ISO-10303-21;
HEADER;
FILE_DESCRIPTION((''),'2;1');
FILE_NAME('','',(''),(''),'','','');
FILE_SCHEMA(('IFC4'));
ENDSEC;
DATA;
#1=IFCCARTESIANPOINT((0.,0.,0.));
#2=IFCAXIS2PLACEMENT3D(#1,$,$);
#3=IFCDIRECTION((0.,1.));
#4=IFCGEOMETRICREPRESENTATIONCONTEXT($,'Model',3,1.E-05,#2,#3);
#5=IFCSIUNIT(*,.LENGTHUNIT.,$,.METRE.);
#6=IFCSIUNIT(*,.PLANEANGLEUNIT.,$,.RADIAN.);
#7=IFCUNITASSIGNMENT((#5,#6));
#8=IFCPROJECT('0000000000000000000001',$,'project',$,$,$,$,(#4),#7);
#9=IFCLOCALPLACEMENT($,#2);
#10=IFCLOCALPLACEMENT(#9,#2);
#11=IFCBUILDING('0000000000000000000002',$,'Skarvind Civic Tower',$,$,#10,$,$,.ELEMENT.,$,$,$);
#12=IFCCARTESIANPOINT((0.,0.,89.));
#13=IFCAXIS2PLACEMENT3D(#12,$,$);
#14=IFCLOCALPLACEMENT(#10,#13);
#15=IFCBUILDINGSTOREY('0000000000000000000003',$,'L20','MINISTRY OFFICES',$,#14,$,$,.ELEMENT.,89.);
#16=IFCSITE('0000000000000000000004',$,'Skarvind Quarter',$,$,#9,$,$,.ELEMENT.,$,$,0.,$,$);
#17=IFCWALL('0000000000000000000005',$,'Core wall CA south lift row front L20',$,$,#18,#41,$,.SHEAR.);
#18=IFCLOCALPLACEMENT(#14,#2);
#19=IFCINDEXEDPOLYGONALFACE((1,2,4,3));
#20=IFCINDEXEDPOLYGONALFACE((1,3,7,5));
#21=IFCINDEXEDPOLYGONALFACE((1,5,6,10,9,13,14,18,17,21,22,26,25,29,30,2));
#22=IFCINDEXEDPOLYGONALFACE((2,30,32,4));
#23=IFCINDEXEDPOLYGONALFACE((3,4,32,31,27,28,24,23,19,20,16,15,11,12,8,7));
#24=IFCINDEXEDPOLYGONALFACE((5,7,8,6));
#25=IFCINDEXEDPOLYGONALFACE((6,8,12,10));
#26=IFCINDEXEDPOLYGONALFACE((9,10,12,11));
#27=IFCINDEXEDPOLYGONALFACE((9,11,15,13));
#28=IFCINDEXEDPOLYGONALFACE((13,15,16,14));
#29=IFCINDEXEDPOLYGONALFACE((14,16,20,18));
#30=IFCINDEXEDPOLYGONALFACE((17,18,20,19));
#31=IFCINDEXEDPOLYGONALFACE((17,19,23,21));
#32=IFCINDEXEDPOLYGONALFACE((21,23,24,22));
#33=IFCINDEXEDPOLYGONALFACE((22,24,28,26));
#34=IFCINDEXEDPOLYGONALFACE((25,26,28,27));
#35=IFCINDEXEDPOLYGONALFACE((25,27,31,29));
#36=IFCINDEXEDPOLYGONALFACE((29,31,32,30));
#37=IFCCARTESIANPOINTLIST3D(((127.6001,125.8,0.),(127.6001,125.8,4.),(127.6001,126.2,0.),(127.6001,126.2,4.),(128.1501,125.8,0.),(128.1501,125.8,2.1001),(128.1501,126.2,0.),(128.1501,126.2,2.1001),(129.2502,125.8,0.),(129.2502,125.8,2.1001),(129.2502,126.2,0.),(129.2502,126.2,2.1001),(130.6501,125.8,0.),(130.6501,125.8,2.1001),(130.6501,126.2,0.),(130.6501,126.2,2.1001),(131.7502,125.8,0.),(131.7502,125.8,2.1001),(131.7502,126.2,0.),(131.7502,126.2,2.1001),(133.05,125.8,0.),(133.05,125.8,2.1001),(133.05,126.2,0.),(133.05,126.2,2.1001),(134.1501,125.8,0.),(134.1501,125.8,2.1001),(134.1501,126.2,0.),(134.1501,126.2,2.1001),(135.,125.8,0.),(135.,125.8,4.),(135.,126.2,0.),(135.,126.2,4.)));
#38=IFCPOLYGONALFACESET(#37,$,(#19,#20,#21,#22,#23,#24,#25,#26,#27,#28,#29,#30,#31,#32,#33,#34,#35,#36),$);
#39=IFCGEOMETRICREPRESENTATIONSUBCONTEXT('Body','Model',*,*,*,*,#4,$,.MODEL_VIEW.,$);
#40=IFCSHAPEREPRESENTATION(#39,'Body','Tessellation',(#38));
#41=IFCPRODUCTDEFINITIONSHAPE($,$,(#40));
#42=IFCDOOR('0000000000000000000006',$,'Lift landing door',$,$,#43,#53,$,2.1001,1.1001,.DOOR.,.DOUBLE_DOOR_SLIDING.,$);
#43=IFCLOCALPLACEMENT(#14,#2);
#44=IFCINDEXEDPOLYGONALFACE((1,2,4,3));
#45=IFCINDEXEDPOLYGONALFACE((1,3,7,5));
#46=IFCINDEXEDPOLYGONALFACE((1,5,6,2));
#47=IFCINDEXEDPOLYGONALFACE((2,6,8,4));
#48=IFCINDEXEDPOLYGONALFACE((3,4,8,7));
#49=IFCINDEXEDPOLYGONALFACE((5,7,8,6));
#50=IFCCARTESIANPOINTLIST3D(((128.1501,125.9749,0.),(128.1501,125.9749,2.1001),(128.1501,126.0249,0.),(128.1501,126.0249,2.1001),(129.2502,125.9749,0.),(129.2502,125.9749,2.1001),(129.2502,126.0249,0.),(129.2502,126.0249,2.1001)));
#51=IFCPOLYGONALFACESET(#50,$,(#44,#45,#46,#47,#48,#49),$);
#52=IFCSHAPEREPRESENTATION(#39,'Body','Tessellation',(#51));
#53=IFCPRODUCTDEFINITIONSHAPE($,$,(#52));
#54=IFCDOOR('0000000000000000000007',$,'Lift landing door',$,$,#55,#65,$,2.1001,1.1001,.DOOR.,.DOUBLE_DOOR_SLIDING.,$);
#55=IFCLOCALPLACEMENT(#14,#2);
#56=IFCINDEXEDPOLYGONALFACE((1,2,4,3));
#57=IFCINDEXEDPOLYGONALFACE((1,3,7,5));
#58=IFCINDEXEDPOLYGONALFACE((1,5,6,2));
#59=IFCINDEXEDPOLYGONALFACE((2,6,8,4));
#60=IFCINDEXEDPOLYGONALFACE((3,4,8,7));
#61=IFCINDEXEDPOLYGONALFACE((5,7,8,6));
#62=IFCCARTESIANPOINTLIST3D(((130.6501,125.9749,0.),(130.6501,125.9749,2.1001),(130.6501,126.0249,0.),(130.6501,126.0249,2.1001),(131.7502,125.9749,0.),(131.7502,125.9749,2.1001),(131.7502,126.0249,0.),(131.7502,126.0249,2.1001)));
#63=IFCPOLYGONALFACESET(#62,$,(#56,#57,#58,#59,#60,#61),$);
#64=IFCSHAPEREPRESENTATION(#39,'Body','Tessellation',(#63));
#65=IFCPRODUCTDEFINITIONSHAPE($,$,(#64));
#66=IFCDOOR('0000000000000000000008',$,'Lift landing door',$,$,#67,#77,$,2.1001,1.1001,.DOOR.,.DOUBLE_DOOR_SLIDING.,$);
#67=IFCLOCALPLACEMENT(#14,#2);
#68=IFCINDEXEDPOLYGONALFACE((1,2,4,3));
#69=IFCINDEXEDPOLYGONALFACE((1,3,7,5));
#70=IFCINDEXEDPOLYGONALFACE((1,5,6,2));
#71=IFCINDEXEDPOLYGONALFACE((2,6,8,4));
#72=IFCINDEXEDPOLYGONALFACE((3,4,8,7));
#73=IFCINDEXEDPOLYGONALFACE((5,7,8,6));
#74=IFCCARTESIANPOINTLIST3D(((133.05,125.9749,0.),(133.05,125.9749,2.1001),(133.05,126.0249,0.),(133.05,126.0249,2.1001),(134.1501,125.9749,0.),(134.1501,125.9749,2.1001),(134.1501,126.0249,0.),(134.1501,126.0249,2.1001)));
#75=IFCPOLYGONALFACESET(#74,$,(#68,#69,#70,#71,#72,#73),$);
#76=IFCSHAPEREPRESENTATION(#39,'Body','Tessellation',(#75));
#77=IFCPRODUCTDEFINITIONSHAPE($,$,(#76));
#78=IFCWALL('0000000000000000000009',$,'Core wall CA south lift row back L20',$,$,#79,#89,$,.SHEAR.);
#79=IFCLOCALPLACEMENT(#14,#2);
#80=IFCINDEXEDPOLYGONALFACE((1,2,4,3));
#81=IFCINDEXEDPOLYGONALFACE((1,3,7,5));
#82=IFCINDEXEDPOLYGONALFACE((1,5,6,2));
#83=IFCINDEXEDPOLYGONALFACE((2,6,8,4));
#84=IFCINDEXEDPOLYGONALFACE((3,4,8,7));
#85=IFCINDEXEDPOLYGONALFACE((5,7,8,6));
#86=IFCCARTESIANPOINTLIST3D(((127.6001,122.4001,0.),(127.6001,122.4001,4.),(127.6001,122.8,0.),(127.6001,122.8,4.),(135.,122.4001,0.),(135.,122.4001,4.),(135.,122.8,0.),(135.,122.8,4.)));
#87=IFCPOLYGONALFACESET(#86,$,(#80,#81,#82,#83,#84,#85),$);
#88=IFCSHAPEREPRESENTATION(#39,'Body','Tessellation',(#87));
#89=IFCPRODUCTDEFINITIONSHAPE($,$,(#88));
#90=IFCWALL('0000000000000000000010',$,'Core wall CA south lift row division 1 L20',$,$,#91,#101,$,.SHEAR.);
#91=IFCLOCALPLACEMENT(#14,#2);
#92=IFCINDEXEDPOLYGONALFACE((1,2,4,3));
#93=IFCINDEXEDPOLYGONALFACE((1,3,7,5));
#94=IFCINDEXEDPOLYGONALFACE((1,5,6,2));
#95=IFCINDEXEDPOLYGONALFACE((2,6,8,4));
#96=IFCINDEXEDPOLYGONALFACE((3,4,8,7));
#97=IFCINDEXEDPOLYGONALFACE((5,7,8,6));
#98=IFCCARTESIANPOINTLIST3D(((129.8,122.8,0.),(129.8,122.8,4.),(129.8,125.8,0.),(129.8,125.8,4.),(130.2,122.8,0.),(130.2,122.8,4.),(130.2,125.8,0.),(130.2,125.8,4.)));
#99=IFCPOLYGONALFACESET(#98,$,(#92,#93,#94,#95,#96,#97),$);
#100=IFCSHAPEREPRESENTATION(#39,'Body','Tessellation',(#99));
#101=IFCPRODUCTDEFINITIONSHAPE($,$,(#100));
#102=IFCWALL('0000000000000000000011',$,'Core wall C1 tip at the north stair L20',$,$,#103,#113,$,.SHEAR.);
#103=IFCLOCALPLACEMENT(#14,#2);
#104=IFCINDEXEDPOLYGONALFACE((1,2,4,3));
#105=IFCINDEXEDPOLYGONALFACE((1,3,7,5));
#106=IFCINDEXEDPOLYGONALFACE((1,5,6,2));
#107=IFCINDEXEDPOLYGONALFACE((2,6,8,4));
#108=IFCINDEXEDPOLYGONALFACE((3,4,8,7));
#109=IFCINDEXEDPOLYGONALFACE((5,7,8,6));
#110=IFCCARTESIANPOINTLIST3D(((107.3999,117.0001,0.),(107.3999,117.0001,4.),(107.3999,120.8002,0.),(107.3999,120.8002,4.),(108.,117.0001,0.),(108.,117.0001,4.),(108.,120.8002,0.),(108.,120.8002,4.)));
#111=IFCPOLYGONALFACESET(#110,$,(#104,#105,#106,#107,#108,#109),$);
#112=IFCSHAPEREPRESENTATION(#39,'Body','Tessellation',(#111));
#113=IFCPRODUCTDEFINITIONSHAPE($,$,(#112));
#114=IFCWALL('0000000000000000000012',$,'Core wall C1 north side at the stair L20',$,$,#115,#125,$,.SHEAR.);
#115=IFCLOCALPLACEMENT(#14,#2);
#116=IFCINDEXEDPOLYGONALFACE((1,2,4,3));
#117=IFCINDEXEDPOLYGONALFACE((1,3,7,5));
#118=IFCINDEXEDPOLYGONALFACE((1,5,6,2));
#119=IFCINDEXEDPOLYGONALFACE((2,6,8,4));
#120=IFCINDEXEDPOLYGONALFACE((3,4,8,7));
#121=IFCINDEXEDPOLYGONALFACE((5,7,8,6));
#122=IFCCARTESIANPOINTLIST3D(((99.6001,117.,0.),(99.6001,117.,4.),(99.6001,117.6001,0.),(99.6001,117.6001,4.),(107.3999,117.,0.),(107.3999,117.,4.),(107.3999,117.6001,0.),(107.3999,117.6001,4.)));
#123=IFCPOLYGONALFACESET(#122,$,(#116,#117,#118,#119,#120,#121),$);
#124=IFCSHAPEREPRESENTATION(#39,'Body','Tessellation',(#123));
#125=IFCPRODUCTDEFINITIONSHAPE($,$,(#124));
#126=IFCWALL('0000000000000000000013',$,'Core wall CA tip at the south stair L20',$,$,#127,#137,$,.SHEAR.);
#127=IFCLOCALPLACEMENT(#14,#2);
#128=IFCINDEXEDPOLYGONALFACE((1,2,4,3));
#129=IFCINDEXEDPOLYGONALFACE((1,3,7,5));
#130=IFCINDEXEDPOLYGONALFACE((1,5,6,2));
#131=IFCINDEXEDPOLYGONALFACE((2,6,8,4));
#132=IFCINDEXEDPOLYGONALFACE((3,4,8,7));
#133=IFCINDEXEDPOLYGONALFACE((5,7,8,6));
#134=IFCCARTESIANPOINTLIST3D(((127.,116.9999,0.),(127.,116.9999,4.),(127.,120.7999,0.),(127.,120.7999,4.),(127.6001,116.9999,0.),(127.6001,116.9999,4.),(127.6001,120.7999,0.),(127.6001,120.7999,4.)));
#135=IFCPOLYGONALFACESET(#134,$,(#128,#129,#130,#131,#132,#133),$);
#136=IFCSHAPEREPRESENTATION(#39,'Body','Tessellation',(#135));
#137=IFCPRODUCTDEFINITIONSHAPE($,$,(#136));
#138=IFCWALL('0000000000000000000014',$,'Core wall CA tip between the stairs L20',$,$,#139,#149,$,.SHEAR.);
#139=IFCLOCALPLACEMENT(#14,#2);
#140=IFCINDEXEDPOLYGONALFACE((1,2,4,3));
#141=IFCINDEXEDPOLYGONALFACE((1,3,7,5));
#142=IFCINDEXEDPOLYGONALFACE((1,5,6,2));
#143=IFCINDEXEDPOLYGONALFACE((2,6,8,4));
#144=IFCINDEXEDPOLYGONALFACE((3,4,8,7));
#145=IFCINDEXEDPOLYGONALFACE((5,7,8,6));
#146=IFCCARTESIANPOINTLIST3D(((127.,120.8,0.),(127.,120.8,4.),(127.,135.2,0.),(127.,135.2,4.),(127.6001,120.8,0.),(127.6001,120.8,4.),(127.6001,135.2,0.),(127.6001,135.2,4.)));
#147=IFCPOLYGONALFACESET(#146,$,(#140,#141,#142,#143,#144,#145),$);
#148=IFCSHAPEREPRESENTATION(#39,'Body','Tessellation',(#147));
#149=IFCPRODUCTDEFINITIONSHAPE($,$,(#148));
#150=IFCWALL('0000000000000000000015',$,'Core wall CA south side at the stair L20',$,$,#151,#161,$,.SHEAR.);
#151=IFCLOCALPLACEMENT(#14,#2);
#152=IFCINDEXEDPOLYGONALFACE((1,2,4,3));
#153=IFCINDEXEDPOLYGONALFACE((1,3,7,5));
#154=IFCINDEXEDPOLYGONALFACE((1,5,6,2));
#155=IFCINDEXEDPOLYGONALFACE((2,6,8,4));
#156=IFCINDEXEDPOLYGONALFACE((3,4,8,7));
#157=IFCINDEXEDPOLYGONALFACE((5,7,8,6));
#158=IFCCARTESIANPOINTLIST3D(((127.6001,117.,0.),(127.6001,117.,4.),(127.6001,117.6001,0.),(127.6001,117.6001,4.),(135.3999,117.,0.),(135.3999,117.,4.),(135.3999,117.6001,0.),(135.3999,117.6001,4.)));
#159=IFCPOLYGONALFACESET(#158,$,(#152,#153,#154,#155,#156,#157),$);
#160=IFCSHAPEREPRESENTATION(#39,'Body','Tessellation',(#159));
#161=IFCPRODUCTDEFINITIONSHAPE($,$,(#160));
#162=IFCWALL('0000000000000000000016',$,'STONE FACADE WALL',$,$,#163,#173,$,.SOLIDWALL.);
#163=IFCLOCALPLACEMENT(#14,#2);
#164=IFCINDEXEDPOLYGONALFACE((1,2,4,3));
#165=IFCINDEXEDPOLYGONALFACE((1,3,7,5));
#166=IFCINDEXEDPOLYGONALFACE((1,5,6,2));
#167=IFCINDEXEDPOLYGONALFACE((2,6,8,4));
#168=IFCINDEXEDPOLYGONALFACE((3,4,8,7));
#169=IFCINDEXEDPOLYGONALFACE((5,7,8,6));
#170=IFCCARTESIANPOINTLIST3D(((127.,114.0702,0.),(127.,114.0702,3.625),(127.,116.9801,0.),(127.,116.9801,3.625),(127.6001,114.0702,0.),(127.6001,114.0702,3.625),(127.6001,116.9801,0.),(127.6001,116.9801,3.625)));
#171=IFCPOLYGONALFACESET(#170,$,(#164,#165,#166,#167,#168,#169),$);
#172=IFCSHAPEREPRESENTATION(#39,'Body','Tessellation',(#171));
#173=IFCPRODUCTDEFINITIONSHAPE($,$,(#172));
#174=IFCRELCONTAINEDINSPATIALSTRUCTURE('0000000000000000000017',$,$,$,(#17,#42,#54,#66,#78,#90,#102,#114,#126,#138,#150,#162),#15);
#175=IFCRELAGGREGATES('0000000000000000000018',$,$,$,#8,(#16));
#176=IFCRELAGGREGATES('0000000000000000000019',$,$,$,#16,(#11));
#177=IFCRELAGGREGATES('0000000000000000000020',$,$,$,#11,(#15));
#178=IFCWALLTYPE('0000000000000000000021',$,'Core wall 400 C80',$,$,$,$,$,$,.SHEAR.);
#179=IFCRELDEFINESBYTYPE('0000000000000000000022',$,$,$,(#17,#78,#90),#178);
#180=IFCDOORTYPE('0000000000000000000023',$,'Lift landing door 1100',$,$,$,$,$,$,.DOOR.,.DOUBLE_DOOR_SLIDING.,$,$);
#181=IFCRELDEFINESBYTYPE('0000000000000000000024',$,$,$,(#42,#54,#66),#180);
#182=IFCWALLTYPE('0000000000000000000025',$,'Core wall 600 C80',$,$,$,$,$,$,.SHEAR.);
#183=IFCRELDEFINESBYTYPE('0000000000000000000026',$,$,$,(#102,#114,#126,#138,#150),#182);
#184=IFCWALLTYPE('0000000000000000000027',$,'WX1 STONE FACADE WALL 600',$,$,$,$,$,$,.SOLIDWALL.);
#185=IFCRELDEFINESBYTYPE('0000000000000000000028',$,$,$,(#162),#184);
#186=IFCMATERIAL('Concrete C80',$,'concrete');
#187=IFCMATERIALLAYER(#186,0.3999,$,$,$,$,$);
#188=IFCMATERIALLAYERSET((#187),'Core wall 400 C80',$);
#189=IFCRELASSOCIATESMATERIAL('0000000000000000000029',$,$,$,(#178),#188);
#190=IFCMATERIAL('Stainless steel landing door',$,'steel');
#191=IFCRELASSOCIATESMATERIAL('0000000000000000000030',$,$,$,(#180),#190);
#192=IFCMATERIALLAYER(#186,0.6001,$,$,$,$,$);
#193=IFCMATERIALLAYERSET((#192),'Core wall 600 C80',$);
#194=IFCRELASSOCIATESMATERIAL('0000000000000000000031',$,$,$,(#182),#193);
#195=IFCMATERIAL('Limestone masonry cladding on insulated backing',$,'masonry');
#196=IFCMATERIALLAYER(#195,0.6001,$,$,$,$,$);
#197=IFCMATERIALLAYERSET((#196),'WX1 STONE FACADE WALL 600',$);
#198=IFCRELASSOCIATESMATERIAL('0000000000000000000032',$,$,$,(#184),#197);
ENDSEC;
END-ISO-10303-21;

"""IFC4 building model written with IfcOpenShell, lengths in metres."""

from ifc_helpers import new_model, si_unit, direction, frame, frame_2d, origin, place, context, subcontext, project, spatial, rectangle, extrude, material, layer, layer_set, type_object, element, fill, save


model = new_model("IFC4")

# Units and contexts
model_context = context("Model", 3, precision=1e-05, world=origin(), true_north=direction((0.0, 1.0)))
body_context = subcontext(model_context, "Body", "Model", "MODEL_VIEW")
ifc_project = project(units=[si_unit("LENGTHUNIT", "METRE"), si_unit("PLANEANGLEUNIT", "RADIAN")], contexts=[model_context])

# Site, building, storey
site_placement = place(None, origin())
site = spatial("IfcSite", under=ifc_project, at=site_placement, Name="Skarvind Quarter", CompositionType="ELEMENT", RefElevation=0.0)
building_placement = place(site_placement, origin())
building = spatial("IfcBuilding", under=site, at=building_placement, Name="Skarvind Civic Tower", CompositionType="ELEMENT")
storey_placement = place(building_placement, frame((0.0, 0.0, 89.0)))
storey = spatial("IfcBuildingStorey", under=building, at=storey_placement, Name="L20", Description="MINISTRY OFFICES", CompositionType="ELEMENT", Elevation=89.0)

# Shared definitions
ifc_material_1 = material(Name="Concrete C80", Category="concrete")
ifc_layer_1 = layer(ifc_material_1, 0.3999)
ifc_layer_set_1 = layer_set([ifc_layer_1], Name="Core wall 400 C80")
wall_type_1 = type_object("IfcWallType", Name="Core wall 400 C80", PredefinedType="SHEAR", material=ifc_layer_set_1)

# Shared definitions
ifc_material_2 = material(Name="Stainless steel landing door", Category="steel")
door_type_1 = type_object("IfcDoorType", Name="Lift landing door 1100", OperationType="DOUBLE_DOOR_SLIDING", PredefinedType="DOOR", material=ifc_material_2)

# Wall, openings, doors
wall_1_placement = place(storey_placement, frame((127.6001, 126.0, 0.0), z_axis=(0.0, 0.0, 1.0), x_axis=(1.0, 0.0, 0.0)))
wall_1 = element("IfcWall", 1, at=wall_1_placement, inside=storey, type_object=wall_type_1, Name="Core wall CA south lift row front L20", PredefinedType="SHEAR", context=body_context, shape_type="SweptSolid", body=[
    extrude(rectangle(XDim=7.3999, YDim=0.3999, at=frame_2d((3.7, 0.0))), origin(), (0.0, 0.0, 1.0), 4.0),
])
opening_1_placement = place(wall_1_placement, frame((0.55, 0.0, 0.0)))
opening_1 = element("IfcOpeningElement", 2, at=opening_1_placement, cuts=wall_1, PredefinedType="OPENING", context=body_context, shape_type="SweptSolid", body=[
    extrude(rectangle(XDim=1.1001, YDim=2.1001, at=frame_2d((0.55, 1.05))), frame((0.0, 0.21, 0.0), z_axis=(0.0, -1.0, 0.0), x_axis=(1.0, 0.0, 0.0)), (0.0, 0.0, 1.0), 0.4199),
])
opening_2_placement = place(wall_1_placement, frame((3.05, 0.0, 0.0)))
opening_2 = element("IfcOpeningElement", 3, at=opening_2_placement, cuts=wall_1, PredefinedType="OPENING", context=body_context, shape_type="SweptSolid", body=[
    extrude(rectangle(XDim=1.1001, YDim=2.1001, at=frame_2d((0.55, 1.05))), frame((0.0, 0.21, 0.0), z_axis=(0.0, -1.0, 0.0), x_axis=(1.0, 0.0, 0.0)), (0.0, 0.0, 1.0), 0.4199),
])
opening_3_placement = place(wall_1_placement, frame((5.45, 0.0, 0.0)))
opening_3 = element("IfcOpeningElement", 4, at=opening_3_placement, cuts=wall_1, PredefinedType="OPENING", context=body_context, shape_type="SweptSolid", body=[
    extrude(rectangle(XDim=1.1001, YDim=2.1001, at=frame_2d((0.55, 1.05))), frame((0.0, 0.21, 0.0), z_axis=(0.0, -1.0, 0.0), x_axis=(1.0, 0.0, 0.0)), (0.0, 0.0, 1.0), 0.4199),
])
door_1_placement = place(opening_1_placement, origin())
door_1 = element("IfcDoor", 5, at=door_1_placement, inside=storey, type_object=door_type_1, Name="Lift landing door", OperationType="DOUBLE_DOOR_SLIDING", OverallHeight=2.1001, OverallWidth=1.1001, PredefinedType="DOOR", context=body_context, shape_type="SweptSolid", body=[
    extrude(rectangle(XDim=1.1001, YDim=2.1001, at=frame_2d((0.55, 1.05))), frame((0.0, 0.0249, 0.0), z_axis=(0.0, -1.0, 0.0), x_axis=(1.0, 0.0, 0.0)), (0.0, 0.0, 1.0), 0.05),
])
fill(opening_1, door_1)
door_2_placement = place(opening_2_placement, origin())
door_2 = element("IfcDoor", 6, at=door_2_placement, inside=storey, type_object=door_type_1, Name="Lift landing door", OperationType="DOUBLE_DOOR_SLIDING", OverallHeight=2.1001, OverallWidth=1.1001, PredefinedType="DOOR", context=body_context, shape_type="SweptSolid", body=[
    extrude(rectangle(XDim=1.1001, YDim=2.1001, at=frame_2d((0.55, 1.05))), frame((0.0, 0.0249, 0.0), z_axis=(0.0, -1.0, 0.0), x_axis=(1.0, 0.0, 0.0)), (0.0, 0.0, 1.0), 0.05),
])
fill(opening_2, door_2)
door_3_placement = place(opening_3_placement, origin())
door_3 = element("IfcDoor", 7, at=door_3_placement, inside=storey, type_object=door_type_1, Name="Lift landing door", OperationType="DOUBLE_DOOR_SLIDING", OverallHeight=2.1001, OverallWidth=1.1001, PredefinedType="DOOR", context=body_context, shape_type="SweptSolid", body=[
    extrude(rectangle(XDim=1.1001, YDim=2.1001, at=frame_2d((0.55, 1.05))), frame((0.0, 0.0249, 0.0), z_axis=(0.0, -1.0, 0.0), x_axis=(1.0, 0.0, 0.0)), (0.0, 0.0, 1.0), 0.05),
])
fill(opening_3, door_3)

# Walls
wall_2_placement = place(storey_placement, frame((127.6001, 122.6001, 0.0), z_axis=(0.0, 0.0, 1.0), x_axis=(1.0, 0.0, 0.0)))
element("IfcWall", 8, at=wall_2_placement, inside=storey, type_object=wall_type_1, Name="Core wall CA south lift row back L20", PredefinedType="SHEAR", context=body_context, shape_type="SweptSolid", body=[
    extrude(rectangle(XDim=7.3999, YDim=0.3999, at=frame_2d((3.7, 0.0))), origin(), (0.0, 0.0, 1.0), 4.0),
])
wall_3_placement = place(storey_placement, frame((130.0, 122.8, 0.0), z_axis=(0.0, 0.0, 1.0), x_axis=(0.0, 1.0, 0.0)))
element("IfcWall", 9, at=wall_3_placement, inside=storey, type_object=wall_type_1, Name="Core wall CA south lift row division 1 L20", PredefinedType="SHEAR", context=body_context, shape_type="SweptSolid", body=[
    extrude(rectangle(XDim=3.0, YDim=0.3999, at=frame_2d((1.5, 0.0))), origin(), (0.0, 0.0, 1.0), 4.0),
])
ifc_layer_2 = layer(ifc_material_1, 0.6001)
ifc_layer_set_2 = layer_set([ifc_layer_2], Name="Core wall 600 C80")
wall_type_2 = type_object("IfcWallType", Name="Core wall 600 C80", PredefinedType="SHEAR", material=ifc_layer_set_2)
wall_4_placement = place(storey_placement, frame((107.7, 120.8, 0.0), z_axis=(0.0, 0.0, 1.0), x_axis=(0.0, -1.0, 0.0)))
element("IfcWall", 10, at=wall_4_placement, inside=storey, type_object=wall_type_2, Name="Core wall C1 tip at the north stair L20", PredefinedType="SHEAR", context=body_context, shape_type="SweptSolid", body=[
    extrude(rectangle(XDim=3.8, YDim=0.6001, at=frame_2d((1.8999, 0.0))), origin(), (0.0, 0.0, 1.0), 4.0),
])
wall_5_placement = place(storey_placement, frame((107.3999, 117.3, 0.0), z_axis=(0.0, 0.0, 1.0), x_axis=(-1.0, 0.0, 0.0)))
element("IfcWall", 11, at=wall_5_placement, inside=storey, type_object=wall_type_2, Name="Core wall C1 north side at the stair L20", PredefinedType="SHEAR", context=body_context, shape_type="SweptSolid", body=[
    extrude(rectangle(XDim=7.7998, YDim=0.6001, at=frame_2d((3.8999, 0.0))), origin(), (0.0, 0.0, 1.0), 4.0),
])
wall_6_placement = place(storey_placement, frame((127.3, 117.0, 0.0), z_axis=(0.0, 0.0, 1.0), x_axis=(0.0, 1.0, 0.0)))
element("IfcWall", 12, at=wall_6_placement, inside=storey, type_object=wall_type_2, Name="Core wall CA tip at the south stair L20", PredefinedType="SHEAR", context=body_context, shape_type="SweptSolid", body=[
    extrude(rectangle(XDim=3.8, YDim=0.6001, at=frame_2d((1.8999, 0.0))), origin(), (0.0, 0.0, 1.0), 4.0),
])
wall_7_placement = place(storey_placement, frame((127.3, 120.8, 0.0), z_axis=(0.0, 0.0, 1.0), x_axis=(0.0, 1.0, 0.0)))
element("IfcWall", 13, at=wall_7_placement, inside=storey, type_object=wall_type_2, Name="Core wall CA tip between the stairs L20", PredefinedType="SHEAR", context=body_context, shape_type="SweptSolid", body=[
    extrude(rectangle(XDim=14.3999, YDim=0.6001, at=frame_2d((7.2, 0.0))), origin(), (0.0, 0.0, 1.0), 4.0),
])
wall_8_placement = place(storey_placement, frame((127.6001, 117.3, 0.0), z_axis=(0.0, 0.0, 1.0), x_axis=(1.0, 0.0, 0.0)))
element("IfcWall", 14, at=wall_8_placement, inside=storey, type_object=wall_type_2, Name="Core wall CA south side at the stair L20", PredefinedType="SHEAR", context=body_context, shape_type="SweptSolid", body=[
    extrude(rectangle(XDim=7.7998, YDim=0.6001, at=frame_2d((3.8999, 0.0))), origin(), (0.0, 0.0, 1.0), 4.0),
])
ifc_material_3 = material(Name="Limestone masonry cladding on insulated backing", Category="masonry")
ifc_layer_3 = layer(ifc_material_3, 0.6001)
ifc_layer_set_3 = layer_set([ifc_layer_3], Name="WX1 STONE FACADE WALL 600")
wall_type_3 = type_object("IfcWallType", Name="WX1 STONE FACADE WALL 600", PredefinedType="SOLIDWALL", material=ifc_layer_set_3)
wall_9_placement = place(storey_placement, frame((127.3, 114.0701, 0.0), z_axis=(0.0, 0.0, 1.0), x_axis=(0.0, 1.0, 0.0)))
element("IfcWall", 15, at=wall_9_placement, inside=storey, type_object=wall_type_3, Name="STONE FACADE WALL", PredefinedType="SOLIDWALL", context=body_context, shape_type="SweptSolid", body=[
    extrude(rectangle(XDim=2.9099, YDim=0.6001, at=frame_2d((1.4551, 0.0))), origin(), (0.0, 0.0, 1.0), 3.625),
])

save(model, "model.ifc")
